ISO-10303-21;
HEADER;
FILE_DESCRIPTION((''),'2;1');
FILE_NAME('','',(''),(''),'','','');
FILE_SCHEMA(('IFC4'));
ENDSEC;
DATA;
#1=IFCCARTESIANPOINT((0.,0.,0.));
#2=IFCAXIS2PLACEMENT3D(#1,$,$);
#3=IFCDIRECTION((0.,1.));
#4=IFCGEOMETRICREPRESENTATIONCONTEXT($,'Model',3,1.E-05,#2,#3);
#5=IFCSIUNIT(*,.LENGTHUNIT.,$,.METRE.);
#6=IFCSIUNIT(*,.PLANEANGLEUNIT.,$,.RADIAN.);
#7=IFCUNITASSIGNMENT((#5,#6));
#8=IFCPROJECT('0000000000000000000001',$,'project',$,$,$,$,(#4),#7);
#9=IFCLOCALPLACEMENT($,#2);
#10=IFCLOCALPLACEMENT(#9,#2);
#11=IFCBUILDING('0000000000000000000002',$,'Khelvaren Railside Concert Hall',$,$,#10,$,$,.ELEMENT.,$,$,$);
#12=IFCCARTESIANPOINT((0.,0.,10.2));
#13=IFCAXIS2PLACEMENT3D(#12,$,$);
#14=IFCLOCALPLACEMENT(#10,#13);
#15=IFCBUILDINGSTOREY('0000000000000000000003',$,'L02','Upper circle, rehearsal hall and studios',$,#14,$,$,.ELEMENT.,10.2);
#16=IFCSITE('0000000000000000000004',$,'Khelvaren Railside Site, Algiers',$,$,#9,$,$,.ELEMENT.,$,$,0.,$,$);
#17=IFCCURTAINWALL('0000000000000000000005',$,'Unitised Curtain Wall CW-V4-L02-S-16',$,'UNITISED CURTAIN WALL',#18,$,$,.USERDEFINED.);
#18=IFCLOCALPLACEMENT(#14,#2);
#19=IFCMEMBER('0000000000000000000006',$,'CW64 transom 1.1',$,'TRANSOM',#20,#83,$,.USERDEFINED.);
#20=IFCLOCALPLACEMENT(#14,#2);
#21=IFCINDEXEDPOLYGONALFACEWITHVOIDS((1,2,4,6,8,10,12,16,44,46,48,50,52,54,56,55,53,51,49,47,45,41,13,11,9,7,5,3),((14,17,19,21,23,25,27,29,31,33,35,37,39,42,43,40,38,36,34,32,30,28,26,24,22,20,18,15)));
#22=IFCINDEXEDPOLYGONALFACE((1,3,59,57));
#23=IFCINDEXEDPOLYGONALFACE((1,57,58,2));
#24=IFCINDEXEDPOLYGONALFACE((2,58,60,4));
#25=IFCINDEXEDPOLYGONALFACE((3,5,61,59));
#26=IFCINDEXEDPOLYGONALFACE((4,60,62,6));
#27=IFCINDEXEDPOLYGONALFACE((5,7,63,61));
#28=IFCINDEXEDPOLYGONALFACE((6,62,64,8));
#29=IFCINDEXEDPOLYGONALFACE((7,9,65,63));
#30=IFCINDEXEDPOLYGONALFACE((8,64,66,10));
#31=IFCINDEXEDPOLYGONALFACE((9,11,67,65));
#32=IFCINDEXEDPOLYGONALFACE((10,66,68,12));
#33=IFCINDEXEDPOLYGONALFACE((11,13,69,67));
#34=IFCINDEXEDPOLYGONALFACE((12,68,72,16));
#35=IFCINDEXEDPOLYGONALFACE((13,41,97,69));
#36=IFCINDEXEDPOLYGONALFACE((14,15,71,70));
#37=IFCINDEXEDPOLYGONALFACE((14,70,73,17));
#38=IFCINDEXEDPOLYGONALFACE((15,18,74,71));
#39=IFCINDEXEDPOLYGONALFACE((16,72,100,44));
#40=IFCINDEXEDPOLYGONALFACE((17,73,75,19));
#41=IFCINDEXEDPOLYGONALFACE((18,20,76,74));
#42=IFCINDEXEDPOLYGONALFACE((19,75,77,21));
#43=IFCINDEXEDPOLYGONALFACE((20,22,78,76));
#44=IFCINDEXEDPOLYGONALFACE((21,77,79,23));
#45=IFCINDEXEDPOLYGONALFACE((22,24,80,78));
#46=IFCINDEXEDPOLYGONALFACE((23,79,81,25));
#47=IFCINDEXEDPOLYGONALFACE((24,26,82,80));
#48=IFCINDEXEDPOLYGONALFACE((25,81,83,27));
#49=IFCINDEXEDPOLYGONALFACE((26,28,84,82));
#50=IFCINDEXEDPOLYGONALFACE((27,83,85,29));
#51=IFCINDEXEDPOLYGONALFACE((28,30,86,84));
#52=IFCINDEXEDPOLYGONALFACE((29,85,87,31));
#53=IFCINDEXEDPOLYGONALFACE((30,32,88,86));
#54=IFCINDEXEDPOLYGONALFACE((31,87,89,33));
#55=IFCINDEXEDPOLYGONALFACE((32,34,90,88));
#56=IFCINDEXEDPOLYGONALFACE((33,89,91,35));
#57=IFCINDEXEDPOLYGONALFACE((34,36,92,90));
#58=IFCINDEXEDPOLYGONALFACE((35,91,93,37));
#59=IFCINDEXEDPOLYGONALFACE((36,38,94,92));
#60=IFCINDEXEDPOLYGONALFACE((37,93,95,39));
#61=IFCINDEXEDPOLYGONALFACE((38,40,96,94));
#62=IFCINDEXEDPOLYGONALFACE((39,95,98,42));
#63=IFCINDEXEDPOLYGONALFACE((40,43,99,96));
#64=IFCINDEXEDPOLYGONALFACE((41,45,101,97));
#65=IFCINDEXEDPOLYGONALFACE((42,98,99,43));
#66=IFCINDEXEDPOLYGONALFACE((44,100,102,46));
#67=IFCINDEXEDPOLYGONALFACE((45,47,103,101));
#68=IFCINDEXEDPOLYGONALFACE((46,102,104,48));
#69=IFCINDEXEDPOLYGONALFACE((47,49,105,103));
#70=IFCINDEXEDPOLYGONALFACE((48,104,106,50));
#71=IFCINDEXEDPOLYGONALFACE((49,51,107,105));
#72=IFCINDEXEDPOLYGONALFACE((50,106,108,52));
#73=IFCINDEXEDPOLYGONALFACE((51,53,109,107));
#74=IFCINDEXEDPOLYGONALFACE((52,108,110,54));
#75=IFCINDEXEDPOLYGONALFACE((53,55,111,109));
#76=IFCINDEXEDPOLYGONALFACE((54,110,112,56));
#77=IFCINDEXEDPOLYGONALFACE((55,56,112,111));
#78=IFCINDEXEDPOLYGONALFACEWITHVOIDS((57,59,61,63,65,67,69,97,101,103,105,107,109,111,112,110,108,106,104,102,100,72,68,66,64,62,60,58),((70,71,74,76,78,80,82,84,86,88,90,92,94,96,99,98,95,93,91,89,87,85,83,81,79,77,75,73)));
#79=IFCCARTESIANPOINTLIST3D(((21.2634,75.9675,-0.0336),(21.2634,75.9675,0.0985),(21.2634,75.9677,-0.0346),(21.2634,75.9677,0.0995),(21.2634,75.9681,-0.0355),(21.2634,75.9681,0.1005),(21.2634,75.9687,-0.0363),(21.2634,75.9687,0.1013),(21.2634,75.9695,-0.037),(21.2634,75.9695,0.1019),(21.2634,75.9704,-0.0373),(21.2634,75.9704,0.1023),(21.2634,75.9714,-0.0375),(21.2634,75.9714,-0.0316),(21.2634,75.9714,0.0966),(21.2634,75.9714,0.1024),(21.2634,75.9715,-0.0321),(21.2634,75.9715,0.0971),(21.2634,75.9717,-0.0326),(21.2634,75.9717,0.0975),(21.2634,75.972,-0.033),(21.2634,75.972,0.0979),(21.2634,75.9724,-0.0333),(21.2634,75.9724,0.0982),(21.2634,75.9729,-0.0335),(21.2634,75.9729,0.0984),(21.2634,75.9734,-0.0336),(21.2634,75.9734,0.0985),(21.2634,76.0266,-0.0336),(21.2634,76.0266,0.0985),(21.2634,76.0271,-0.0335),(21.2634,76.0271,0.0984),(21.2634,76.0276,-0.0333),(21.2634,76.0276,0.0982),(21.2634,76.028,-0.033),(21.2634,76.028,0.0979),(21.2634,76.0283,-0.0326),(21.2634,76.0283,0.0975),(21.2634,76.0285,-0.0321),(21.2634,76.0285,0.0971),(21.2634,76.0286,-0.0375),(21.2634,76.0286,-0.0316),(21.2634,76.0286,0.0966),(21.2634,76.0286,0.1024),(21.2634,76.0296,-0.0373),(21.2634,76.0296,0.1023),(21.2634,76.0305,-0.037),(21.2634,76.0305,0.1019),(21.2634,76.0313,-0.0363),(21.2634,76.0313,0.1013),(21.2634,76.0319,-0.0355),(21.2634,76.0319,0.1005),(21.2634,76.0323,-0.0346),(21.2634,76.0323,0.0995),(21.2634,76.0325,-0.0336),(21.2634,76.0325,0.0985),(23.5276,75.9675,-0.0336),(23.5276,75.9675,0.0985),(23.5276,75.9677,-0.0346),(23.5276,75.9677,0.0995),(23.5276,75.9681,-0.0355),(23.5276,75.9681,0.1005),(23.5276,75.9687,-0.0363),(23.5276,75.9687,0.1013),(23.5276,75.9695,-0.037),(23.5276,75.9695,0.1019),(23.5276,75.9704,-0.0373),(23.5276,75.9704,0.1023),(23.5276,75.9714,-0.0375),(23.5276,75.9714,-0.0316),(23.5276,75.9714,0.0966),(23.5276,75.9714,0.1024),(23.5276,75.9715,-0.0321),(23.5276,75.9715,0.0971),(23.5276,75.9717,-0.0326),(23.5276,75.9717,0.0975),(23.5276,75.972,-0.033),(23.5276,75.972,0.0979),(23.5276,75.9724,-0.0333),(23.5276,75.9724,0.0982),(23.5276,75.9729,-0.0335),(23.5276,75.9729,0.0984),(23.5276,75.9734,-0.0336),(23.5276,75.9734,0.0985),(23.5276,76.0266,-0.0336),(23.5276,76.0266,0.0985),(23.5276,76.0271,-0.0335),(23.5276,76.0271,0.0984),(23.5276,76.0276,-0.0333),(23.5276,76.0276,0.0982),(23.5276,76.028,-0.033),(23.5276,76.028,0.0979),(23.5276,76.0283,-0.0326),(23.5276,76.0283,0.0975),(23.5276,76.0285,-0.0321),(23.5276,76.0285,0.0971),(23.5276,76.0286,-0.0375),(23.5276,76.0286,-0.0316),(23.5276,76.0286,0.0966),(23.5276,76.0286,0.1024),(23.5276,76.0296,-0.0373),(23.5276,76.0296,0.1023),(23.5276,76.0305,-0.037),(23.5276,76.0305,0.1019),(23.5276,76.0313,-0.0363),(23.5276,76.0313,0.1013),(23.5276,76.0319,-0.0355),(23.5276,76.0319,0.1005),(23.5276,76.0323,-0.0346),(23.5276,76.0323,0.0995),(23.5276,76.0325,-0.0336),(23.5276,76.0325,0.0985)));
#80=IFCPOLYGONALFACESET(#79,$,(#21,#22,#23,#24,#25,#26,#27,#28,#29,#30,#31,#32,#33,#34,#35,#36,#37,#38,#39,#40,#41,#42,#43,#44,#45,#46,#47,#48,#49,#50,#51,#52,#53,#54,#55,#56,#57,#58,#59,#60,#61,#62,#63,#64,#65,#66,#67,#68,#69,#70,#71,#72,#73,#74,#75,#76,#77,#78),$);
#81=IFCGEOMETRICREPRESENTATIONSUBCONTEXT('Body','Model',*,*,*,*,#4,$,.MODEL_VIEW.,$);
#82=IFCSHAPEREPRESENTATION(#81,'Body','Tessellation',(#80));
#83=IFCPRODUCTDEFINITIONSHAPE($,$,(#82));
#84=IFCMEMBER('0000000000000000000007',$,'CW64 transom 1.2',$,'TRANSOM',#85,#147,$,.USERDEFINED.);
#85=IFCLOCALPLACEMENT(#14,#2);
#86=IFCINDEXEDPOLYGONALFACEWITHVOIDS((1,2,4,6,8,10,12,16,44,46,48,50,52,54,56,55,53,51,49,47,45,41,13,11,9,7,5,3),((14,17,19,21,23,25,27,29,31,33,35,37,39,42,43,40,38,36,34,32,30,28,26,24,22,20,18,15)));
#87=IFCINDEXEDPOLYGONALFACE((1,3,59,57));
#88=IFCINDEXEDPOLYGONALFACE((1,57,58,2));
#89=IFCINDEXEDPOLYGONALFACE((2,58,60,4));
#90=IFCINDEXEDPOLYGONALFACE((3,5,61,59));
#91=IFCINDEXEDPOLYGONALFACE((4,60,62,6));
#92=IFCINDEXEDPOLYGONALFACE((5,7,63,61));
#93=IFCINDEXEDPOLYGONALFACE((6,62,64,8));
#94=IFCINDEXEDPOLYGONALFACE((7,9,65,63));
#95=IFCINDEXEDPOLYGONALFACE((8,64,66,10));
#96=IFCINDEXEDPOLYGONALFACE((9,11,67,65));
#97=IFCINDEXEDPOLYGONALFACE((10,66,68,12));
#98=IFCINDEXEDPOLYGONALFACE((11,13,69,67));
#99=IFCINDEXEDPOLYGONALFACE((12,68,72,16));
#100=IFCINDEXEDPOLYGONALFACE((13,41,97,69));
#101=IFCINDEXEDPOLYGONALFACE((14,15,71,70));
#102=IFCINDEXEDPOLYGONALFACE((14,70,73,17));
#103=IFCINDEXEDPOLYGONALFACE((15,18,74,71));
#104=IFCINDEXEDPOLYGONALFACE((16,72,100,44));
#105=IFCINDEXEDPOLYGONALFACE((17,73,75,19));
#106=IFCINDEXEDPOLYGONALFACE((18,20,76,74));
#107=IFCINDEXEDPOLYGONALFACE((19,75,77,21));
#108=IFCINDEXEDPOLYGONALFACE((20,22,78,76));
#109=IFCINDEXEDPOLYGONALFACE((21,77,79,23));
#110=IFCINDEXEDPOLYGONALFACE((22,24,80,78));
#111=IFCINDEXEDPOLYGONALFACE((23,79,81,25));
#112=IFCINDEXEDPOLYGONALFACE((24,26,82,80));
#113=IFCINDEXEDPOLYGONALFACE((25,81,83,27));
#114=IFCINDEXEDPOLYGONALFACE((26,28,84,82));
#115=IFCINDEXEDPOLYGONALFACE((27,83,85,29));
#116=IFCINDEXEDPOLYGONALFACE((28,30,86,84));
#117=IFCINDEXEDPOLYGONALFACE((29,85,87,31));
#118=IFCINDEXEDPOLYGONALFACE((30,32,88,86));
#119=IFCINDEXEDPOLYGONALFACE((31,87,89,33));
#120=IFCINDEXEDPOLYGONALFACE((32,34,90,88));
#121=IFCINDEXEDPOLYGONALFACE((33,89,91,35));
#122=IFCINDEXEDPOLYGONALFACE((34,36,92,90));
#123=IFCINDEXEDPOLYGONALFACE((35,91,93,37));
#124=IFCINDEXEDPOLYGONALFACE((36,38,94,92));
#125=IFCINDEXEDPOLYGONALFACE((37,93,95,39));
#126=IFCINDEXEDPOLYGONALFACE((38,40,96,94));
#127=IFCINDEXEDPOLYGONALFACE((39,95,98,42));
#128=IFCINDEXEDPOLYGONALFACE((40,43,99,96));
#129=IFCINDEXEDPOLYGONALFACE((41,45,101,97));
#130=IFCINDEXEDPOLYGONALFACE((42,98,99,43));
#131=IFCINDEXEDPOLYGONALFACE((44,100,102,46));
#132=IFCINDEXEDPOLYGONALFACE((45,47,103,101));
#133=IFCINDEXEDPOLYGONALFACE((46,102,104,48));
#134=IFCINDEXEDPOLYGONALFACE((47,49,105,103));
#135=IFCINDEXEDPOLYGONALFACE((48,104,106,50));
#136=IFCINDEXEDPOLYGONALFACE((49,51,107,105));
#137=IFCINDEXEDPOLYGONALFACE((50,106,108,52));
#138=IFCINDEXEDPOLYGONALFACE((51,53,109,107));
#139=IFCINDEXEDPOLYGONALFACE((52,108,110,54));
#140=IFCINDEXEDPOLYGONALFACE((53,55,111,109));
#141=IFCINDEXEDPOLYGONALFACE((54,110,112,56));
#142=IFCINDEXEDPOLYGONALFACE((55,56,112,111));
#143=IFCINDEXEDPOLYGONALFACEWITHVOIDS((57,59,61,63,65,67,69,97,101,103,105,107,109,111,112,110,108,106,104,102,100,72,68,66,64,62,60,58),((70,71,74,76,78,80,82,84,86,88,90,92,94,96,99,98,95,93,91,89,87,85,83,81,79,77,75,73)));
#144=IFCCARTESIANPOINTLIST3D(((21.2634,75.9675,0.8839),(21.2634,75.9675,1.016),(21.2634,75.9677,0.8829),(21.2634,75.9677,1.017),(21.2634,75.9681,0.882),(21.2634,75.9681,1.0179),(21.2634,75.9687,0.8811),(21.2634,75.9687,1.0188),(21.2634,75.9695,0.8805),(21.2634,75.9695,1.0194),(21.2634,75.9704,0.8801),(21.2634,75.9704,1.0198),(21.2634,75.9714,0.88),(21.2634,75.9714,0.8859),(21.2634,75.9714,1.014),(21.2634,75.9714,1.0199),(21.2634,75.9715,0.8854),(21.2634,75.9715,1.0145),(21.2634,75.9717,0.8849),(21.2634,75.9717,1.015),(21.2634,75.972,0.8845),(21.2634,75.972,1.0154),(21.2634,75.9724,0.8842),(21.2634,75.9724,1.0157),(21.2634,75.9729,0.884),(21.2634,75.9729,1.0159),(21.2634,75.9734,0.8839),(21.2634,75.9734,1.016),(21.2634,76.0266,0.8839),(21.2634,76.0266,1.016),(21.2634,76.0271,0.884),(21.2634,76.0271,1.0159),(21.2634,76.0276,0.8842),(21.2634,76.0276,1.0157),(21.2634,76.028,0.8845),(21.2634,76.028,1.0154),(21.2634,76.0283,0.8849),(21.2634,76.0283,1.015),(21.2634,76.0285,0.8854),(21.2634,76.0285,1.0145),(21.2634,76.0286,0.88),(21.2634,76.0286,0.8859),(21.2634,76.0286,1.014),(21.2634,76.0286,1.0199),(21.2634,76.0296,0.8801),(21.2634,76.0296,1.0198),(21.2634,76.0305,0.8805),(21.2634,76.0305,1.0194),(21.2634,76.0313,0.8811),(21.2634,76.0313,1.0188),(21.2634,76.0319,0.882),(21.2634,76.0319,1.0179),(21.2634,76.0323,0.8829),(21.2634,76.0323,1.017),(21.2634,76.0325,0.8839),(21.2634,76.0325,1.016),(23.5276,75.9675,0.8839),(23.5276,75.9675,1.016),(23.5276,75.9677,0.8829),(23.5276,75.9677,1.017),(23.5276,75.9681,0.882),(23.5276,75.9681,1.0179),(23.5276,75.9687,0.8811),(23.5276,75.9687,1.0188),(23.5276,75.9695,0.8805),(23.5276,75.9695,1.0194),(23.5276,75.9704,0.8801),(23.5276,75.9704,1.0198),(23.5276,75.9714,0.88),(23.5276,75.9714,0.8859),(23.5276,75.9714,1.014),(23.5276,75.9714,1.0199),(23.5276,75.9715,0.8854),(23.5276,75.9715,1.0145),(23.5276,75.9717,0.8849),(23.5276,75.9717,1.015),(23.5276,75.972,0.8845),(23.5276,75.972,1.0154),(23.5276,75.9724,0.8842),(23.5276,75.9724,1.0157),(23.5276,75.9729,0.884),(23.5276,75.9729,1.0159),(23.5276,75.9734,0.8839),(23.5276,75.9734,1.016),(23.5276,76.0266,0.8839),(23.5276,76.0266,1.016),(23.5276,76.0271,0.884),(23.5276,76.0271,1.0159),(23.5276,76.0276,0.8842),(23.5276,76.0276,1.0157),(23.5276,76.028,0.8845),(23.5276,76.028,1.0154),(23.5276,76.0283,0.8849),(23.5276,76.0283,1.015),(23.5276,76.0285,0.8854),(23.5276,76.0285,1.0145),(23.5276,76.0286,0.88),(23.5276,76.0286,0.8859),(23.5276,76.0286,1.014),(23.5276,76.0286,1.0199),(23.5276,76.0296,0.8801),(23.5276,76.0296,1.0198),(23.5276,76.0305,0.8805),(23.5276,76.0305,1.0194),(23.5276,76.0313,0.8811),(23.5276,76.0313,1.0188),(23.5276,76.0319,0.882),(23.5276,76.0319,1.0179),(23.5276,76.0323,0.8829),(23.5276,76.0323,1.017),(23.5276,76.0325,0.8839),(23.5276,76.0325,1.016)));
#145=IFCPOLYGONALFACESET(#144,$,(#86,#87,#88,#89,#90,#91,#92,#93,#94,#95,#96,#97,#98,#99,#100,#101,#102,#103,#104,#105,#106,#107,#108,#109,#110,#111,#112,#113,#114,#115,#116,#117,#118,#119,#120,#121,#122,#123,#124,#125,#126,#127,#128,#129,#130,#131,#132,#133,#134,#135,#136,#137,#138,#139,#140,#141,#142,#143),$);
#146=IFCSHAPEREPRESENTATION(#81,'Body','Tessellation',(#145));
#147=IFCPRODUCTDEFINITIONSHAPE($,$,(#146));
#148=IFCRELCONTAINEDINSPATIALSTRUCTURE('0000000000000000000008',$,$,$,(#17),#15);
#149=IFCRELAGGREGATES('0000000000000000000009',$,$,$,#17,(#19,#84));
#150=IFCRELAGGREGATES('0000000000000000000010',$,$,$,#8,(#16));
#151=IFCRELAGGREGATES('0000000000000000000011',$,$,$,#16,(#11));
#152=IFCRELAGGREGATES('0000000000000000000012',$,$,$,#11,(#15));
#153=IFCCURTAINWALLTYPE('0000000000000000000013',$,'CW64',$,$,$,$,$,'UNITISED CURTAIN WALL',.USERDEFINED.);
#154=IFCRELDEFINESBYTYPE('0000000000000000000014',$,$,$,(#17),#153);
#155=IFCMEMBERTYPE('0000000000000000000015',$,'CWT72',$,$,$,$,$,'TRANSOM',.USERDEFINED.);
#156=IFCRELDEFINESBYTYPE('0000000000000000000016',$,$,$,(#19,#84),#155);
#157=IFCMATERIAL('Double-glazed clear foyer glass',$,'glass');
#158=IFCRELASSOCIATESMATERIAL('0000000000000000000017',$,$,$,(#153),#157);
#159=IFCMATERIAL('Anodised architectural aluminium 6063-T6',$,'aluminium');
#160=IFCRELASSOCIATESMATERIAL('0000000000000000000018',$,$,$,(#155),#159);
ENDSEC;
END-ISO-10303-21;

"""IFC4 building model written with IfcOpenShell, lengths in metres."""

from ifc_helpers import new_model, si_unit, direction, frame, origin, origin_2d, place, context, subcontext, project, spatial, hollow_rectangle, extrude, material, material_profile, profile_set, type_object, element, aggregate, save


model = new_model("IFC4")

# Units and contexts
model_context = context("Model", 3, precision=1e-05, world=origin(), true_north=direction((0.0, 1.0)))
body_context = subcontext(model_context, "Body", "Model", "MODEL_VIEW")
ifc_project = project(units=[si_unit("LENGTHUNIT", "METRE"), si_unit("PLANEANGLEUNIT", "RADIAN")], contexts=[model_context])

# Site, building, storey
site_placement = place(None, origin())
site = spatial("IfcSite", under=ifc_project, at=site_placement, Name="Khelvaren Railside Site, Algiers", CompositionType="ELEMENT", RefElevation=0.0)
building_placement = place(site_placement, origin())
building = spatial("IfcBuilding", under=site, at=building_placement, Name="Khelvaren Railside Concert Hall", CompositionType="ELEMENT")
storey_placement = place(building_placement, frame((0.0, 0.0, 10.2)))
storey = spatial("IfcBuildingStorey", under=building, at=storey_placement, Name="L02", Description="Upper circle, rehearsal hall and studios", CompositionType="ELEMENT", Elevation=10.2)

# Curtain wall, members
ifc_material_1 = material(Name="Double-glazed clear foyer glass", Category="glass")
curtain_wall_type = type_object("IfcCurtainWallType", Name="CW64", ElementType="UNITISED CURTAIN WALL", PredefinedType="USERDEFINED", material=ifc_material_1)
curtain_wall_placement = place(storey_placement, origin())
curtain_wall = element("IfcCurtainWall", 1, at=curtain_wall_placement, inside=storey, type_object=curtain_wall_type, Name="Unitised Curtain Wall CW-V4-L02-S-16", ObjectType="UNITISED CURTAIN WALL", PredefinedType="USERDEFINED")
ifc_material_2 = material(Name="Anodised architectural aluminium 6063-T6", Category="aluminium")
ifc_material_profile_1 = material_profile(ifc_material_2, hollow_rectangle(XDim=0.0649, YDim=0.1399, WallThickness=0.0039, InnerFilletRadius=0.002, OuterFilletRadius=0.0039, at=origin_2d()), Name="CWT 65x140x4")
ifc_profile_set_1 = profile_set([ifc_material_profile_1], Name="Anodised architectural aluminium 6063-T6")
member_type_1 = type_object("IfcMemberType", Name="CWT72", ElementType="TRANSOM", PredefinedType="USERDEFINED", material=ifc_profile_set_1)
member_1_placement = place(storey_placement, frame((23.5276, 76.0, 0.0325), z_axis=(-1.0, 0.0, 0.0), x_axis=(0.0, -1.0, 0.0)))
member_1 = element("IfcMember", 2, at=member_1_placement, type_object=member_type_1, Name="CW64 transom 1.1", ObjectType="TRANSOM", PredefinedType="USERDEFINED", context=body_context, shape_type="SweptSolid", body=[
    extrude(hollow_rectangle(XDim=0.0649, YDim=0.1399, WallThickness=0.0039, InnerFilletRadius=0.002, OuterFilletRadius=0.0039, at=origin_2d()), origin(), (0.0, 0.0, 1.0), 2.2642),
])
member_2_placement = place(storey_placement, frame((23.5276, 76.0, 0.95), z_axis=(-1.0, 0.0, 0.0), x_axis=(0.0, -1.0, 0.0)))
member_2 = element("IfcMember", 3, at=member_2_placement, type_object=member_type_1, Name="CW64 transom 1.2", ObjectType="TRANSOM", PredefinedType="USERDEFINED", context=body_context, shape_type="SweptSolid", body=[
    extrude(hollow_rectangle(XDim=0.0649, YDim=0.1399, WallThickness=0.0039, InnerFilletRadius=0.002, OuterFilletRadius=0.0039, at=origin_2d()), origin(), (0.0, 0.0, 1.0), 2.2642),
])

aggregate(curtain_wall, [member_1, member_2])

save(model, "model.ifc")
